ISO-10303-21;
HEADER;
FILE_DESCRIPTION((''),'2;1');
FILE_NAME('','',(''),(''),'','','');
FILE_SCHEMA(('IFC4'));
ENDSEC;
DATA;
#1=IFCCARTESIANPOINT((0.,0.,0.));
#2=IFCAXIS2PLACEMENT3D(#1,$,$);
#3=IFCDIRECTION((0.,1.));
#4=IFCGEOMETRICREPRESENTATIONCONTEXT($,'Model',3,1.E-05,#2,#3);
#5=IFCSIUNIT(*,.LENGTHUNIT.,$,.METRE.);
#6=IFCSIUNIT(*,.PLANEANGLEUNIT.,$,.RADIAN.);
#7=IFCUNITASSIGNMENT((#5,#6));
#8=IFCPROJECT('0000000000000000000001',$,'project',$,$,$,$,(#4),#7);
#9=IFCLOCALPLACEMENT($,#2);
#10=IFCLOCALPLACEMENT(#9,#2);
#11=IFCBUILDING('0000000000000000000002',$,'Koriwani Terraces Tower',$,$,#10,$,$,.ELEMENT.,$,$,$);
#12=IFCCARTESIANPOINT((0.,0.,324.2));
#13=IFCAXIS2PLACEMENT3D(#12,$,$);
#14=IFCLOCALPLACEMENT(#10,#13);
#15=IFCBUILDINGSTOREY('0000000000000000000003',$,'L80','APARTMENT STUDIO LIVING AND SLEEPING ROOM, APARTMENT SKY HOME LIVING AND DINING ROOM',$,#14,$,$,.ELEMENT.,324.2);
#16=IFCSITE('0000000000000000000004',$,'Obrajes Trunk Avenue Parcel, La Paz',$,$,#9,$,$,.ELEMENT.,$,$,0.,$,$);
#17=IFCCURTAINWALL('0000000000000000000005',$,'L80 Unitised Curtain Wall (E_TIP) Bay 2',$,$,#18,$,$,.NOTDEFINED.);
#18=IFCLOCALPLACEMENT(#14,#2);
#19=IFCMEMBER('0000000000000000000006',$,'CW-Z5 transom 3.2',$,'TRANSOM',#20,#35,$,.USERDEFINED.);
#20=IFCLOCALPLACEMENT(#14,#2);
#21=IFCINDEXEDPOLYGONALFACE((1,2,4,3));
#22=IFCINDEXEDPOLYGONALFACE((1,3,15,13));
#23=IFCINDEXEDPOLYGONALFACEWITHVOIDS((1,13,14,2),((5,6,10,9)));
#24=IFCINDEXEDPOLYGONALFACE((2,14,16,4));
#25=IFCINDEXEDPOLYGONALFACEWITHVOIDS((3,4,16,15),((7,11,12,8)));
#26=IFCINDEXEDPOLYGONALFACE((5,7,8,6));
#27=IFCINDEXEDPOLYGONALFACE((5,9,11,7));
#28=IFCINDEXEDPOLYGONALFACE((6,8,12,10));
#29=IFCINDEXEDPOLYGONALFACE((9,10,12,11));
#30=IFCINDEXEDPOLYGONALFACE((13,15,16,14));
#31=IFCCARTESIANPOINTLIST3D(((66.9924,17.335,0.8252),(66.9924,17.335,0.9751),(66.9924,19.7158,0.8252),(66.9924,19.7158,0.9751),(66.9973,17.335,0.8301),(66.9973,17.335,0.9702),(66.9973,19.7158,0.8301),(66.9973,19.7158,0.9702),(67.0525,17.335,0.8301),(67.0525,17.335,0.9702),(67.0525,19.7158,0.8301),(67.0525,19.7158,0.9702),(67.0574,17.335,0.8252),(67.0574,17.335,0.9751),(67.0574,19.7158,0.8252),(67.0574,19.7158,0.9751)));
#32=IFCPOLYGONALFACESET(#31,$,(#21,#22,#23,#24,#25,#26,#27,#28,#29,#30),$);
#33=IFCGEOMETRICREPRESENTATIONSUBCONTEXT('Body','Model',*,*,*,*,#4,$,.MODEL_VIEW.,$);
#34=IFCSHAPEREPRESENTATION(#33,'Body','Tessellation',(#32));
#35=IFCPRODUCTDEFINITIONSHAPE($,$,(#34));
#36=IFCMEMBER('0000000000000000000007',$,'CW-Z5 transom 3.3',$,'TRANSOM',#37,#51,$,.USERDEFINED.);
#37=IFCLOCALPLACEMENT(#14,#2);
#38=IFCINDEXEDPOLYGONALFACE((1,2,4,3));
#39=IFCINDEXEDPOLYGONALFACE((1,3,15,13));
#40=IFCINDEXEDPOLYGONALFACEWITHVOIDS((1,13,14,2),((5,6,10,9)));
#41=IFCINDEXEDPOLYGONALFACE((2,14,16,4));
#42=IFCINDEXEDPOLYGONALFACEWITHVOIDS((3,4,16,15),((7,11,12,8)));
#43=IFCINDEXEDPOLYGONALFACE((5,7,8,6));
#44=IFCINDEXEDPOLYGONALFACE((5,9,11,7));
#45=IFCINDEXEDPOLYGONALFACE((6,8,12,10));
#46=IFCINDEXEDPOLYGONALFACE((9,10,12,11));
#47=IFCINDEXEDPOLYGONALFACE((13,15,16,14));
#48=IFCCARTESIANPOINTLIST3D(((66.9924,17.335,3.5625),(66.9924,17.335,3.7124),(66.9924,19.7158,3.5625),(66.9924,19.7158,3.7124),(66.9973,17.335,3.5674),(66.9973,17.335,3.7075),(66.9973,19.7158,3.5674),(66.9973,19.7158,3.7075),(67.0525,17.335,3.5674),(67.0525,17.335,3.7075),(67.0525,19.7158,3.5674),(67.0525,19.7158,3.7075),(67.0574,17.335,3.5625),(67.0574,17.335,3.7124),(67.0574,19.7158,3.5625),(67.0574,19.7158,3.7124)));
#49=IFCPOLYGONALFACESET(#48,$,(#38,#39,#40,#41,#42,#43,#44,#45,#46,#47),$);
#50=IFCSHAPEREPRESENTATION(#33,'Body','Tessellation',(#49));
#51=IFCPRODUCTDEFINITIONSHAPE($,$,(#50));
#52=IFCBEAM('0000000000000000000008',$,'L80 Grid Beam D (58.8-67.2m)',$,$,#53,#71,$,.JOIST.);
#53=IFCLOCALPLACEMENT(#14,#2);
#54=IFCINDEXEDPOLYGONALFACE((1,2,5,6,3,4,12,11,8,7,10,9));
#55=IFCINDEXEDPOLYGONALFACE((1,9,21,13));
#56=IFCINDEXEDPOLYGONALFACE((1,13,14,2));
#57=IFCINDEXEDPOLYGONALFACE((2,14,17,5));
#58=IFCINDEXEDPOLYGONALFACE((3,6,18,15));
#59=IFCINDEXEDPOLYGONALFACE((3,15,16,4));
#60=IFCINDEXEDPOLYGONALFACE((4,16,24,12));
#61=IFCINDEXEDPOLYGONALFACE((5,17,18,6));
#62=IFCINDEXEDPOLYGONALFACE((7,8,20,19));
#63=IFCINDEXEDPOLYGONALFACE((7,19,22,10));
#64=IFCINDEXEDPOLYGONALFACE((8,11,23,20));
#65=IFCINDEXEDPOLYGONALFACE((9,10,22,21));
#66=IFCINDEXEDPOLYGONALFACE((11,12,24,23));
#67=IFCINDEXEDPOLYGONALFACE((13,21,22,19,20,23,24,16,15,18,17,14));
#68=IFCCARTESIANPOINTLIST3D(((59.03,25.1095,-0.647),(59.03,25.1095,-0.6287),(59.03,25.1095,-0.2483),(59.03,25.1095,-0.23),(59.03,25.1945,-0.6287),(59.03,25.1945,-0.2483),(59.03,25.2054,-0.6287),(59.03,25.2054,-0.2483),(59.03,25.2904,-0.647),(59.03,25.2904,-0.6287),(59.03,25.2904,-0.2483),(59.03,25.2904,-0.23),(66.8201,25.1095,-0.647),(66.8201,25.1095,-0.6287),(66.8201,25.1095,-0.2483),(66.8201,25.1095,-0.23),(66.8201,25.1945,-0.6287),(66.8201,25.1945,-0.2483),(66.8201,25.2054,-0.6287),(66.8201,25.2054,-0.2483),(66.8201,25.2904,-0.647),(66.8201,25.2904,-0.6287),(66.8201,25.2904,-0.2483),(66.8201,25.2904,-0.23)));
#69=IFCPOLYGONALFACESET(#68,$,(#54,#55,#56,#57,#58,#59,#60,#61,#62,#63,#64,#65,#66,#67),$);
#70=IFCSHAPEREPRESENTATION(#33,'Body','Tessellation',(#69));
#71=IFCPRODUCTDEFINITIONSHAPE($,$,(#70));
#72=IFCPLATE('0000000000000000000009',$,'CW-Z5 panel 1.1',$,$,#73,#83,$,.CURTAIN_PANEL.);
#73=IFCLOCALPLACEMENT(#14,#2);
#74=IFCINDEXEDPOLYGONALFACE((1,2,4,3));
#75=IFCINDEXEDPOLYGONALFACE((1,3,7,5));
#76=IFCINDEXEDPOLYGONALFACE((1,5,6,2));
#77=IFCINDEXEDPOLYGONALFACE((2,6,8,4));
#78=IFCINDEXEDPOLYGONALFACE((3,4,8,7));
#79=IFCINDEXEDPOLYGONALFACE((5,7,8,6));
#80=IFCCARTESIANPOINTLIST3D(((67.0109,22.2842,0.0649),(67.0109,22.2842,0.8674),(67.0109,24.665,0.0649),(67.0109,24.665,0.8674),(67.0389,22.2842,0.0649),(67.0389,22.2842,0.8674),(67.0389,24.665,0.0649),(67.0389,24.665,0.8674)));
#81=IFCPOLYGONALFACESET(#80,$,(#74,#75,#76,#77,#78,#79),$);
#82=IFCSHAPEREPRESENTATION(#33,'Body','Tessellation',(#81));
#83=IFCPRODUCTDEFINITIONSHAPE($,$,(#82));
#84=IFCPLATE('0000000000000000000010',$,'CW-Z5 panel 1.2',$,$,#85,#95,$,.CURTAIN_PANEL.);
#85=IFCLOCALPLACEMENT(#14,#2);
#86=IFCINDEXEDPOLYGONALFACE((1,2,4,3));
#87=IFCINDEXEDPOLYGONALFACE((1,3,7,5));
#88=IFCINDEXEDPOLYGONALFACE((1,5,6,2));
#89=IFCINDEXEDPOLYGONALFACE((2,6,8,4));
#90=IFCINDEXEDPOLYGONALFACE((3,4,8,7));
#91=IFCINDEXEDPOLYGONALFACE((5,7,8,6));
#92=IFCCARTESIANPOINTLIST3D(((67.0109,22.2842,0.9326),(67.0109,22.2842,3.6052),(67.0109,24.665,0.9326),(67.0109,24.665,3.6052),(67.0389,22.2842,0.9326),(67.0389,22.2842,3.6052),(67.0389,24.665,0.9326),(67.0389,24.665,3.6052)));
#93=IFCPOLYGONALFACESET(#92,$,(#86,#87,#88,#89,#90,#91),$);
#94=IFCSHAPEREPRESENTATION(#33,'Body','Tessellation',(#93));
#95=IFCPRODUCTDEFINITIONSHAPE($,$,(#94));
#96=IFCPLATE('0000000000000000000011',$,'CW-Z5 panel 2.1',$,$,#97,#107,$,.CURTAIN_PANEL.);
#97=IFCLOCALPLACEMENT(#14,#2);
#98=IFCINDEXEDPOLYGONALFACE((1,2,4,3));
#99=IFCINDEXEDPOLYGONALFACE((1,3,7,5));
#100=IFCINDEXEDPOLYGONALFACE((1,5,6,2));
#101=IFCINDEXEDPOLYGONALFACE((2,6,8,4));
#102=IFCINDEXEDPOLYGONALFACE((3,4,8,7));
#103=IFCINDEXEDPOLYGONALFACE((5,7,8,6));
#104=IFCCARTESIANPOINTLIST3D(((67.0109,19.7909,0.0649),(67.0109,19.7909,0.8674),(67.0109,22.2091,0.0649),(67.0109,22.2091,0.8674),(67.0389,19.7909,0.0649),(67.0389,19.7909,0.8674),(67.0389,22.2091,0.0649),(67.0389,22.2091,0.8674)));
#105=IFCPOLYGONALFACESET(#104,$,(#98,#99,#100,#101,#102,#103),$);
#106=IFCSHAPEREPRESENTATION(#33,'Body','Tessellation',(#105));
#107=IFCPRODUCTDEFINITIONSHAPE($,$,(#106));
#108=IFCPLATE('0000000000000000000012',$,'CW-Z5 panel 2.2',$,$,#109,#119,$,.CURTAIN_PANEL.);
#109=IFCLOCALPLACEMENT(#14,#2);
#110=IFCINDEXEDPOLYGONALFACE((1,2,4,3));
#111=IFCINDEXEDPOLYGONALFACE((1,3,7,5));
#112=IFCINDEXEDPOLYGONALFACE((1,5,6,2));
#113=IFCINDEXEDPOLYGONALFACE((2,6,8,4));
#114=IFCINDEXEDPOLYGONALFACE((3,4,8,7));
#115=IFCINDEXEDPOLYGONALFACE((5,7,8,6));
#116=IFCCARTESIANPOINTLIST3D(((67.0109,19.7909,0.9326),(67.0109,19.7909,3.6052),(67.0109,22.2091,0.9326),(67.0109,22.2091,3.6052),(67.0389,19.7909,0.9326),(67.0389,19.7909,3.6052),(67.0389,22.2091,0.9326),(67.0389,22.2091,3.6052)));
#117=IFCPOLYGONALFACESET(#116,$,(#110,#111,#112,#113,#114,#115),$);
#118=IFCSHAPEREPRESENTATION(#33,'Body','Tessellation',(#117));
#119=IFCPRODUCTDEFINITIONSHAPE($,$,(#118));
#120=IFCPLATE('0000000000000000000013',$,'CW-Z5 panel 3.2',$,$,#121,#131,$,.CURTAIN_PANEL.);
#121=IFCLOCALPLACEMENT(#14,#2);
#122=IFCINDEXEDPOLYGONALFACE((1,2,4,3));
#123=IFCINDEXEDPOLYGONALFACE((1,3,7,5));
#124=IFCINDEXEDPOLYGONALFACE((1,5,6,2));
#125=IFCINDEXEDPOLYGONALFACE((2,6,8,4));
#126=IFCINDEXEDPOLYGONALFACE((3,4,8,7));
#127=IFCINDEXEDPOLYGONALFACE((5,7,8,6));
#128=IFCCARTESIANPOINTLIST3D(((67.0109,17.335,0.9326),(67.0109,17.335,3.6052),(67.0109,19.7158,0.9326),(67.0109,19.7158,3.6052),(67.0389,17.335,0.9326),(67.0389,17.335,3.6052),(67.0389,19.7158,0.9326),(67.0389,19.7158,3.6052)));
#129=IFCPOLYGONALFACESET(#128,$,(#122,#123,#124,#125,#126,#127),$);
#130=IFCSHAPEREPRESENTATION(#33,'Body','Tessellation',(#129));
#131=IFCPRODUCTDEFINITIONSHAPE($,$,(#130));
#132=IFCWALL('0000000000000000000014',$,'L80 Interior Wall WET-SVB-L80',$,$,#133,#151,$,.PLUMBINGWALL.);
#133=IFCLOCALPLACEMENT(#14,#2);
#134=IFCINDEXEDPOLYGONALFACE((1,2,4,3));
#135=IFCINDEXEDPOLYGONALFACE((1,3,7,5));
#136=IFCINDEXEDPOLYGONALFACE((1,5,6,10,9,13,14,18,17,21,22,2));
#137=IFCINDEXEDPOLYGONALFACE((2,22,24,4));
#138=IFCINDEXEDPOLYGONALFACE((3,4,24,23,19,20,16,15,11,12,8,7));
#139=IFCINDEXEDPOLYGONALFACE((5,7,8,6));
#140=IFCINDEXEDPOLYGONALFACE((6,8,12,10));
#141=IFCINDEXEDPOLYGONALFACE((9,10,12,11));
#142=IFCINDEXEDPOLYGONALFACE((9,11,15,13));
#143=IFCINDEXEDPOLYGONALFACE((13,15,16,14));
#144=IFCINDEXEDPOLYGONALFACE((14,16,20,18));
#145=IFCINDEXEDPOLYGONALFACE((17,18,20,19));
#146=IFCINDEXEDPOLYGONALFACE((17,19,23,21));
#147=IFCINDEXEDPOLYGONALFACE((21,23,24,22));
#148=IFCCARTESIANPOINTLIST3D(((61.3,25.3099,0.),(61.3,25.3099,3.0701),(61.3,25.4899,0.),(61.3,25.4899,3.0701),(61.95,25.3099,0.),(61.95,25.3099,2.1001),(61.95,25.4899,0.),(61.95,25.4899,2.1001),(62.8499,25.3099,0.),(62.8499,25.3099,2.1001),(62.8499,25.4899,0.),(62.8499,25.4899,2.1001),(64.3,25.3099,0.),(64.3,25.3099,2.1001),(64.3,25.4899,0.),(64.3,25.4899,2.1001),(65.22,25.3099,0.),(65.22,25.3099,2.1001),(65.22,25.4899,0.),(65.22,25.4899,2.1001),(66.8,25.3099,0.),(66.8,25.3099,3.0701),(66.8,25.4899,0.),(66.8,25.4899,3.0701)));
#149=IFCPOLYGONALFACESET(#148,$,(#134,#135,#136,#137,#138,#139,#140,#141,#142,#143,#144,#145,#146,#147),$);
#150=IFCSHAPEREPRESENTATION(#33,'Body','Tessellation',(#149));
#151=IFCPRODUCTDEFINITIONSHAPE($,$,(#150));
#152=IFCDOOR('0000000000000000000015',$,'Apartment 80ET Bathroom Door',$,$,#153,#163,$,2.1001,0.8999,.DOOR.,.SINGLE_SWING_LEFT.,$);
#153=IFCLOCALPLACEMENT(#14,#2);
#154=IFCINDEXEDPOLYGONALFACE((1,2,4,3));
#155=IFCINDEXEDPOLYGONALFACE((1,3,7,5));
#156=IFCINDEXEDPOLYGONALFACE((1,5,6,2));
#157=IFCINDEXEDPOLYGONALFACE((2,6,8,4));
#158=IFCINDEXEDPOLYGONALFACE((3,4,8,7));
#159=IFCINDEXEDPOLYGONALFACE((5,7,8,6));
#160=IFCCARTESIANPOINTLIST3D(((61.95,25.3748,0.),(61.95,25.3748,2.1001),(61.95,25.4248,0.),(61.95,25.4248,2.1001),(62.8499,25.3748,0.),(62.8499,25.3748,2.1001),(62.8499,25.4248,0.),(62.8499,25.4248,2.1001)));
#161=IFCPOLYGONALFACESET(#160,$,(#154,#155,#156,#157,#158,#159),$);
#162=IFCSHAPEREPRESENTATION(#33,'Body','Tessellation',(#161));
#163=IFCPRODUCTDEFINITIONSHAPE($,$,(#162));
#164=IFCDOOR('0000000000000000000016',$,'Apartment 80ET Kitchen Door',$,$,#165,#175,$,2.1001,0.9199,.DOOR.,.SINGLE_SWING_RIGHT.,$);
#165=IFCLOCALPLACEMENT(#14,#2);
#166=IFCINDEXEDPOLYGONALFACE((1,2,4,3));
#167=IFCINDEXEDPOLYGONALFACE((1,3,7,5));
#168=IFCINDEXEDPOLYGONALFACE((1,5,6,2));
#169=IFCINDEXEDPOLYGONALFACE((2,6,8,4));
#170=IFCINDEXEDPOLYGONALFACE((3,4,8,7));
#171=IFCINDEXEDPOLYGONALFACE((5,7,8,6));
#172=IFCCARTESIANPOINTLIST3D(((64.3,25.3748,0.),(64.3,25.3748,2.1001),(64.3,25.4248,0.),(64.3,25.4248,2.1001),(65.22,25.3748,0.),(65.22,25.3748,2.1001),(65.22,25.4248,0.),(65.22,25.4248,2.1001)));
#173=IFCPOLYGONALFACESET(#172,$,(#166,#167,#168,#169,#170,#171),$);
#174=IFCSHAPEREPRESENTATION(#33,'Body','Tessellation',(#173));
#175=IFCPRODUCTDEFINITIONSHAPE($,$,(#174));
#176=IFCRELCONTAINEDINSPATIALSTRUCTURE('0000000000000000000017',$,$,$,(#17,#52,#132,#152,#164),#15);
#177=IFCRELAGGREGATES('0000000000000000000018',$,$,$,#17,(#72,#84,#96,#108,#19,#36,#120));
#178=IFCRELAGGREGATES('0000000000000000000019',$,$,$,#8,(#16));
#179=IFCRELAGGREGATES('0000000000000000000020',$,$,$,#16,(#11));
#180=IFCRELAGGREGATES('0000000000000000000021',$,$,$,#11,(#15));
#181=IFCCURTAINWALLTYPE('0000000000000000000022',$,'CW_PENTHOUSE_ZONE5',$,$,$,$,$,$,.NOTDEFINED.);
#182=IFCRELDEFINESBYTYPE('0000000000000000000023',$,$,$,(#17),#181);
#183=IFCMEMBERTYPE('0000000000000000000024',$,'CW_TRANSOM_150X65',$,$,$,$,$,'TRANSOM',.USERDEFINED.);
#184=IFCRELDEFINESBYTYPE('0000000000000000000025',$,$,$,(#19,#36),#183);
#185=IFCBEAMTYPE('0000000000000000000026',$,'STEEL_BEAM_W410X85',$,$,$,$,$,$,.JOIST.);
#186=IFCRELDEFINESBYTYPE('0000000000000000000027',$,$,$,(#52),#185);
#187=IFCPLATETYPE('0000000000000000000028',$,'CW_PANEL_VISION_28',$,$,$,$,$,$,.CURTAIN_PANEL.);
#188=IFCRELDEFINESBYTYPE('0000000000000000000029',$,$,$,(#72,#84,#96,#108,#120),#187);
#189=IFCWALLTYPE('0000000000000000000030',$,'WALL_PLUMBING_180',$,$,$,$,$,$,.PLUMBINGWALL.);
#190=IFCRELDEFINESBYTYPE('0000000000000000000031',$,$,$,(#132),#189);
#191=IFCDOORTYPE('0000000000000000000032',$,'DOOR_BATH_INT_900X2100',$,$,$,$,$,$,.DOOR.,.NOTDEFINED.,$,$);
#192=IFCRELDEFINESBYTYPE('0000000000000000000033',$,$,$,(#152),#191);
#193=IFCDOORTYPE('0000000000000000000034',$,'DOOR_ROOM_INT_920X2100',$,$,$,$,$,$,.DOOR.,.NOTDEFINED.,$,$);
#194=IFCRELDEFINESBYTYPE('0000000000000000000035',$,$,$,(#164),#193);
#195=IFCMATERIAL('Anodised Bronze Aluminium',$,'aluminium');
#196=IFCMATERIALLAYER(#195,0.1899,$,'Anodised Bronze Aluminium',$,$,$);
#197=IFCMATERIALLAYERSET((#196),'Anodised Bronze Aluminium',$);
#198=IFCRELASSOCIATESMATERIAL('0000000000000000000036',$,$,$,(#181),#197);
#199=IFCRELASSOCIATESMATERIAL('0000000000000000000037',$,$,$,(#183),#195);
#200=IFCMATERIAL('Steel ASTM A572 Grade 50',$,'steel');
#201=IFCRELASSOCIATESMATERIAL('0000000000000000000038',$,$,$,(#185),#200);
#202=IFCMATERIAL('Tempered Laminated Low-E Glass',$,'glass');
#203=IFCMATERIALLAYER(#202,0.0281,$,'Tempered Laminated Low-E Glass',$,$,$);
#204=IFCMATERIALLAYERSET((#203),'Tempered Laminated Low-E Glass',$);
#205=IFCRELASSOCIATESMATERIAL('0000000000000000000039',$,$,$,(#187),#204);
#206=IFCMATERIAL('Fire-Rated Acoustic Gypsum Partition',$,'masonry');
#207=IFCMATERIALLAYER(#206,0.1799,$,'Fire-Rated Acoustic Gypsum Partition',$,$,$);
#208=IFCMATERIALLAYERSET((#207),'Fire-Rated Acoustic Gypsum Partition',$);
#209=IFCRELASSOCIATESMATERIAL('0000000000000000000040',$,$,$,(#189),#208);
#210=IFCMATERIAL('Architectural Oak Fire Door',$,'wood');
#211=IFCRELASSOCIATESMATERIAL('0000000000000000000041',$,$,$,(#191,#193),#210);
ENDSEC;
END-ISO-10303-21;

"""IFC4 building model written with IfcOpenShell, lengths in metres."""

from ifc_helpers import new_model, si_unit, direction, frame, frame_2d, origin, origin_2d, place, context, subcontext, project, spatial, rectangle, hollow_rectangle, i_section, extrude, material, layer, layer_set, material_profile, profile_set, type_object, element, fill, aggregate, save


model = new_model("IFC4")

# Units and contexts
model_context = context("Model", 3, precision=1e-05, world=origin(), true_north=direction((0.0, 1.0)))
body_context = subcontext(model_context, "Body", "Model", "MODEL_VIEW")
ifc_project = project(units=[si_unit("LENGTHUNIT", "METRE"), si_unit("PLANEANGLEUNIT", "RADIAN")], contexts=[model_context])

# Site, building, storey
site_placement = place(None, origin())
site = spatial("IfcSite", under=ifc_project, at=site_placement, Name="Obrajes Trunk Avenue Parcel, La Paz", CompositionType="ELEMENT", RefElevation=0.0)
building_placement = place(site_placement, origin())
building = spatial("IfcBuilding", under=site, at=building_placement, Name="Koriwani Terraces Tower", CompositionType="ELEMENT")
storey_placement = place(building_placement, frame((0.0, 0.0, 324.2)))
storey = spatial("IfcBuildingStorey", under=building, at=storey_placement, Name="L80", Description="APARTMENT STUDIO LIVING AND SLEEPING ROOM, APARTMENT SKY HOME LIVING AND DINING ROOM", CompositionType="ELEMENT", Elevation=324.2)

# Curtain wall, members
ifc_material_1 = material(Name="Anodised Bronze Aluminium", Category="aluminium")
ifc_layer_1 = layer(ifc_material_1, 0.1899, Name="Anodised Bronze Aluminium")
ifc_layer_set_1 = layer_set([ifc_layer_1], Name="Anodised Bronze Aluminium")
curtain_wall_type = type_object("IfcCurtainWallType", Name="CW_PENTHOUSE_ZONE5", PredefinedType="NOTDEFINED", material=ifc_layer_set_1)
curtain_wall_placement = place(storey_placement, origin())
curtain_wall = element("IfcCurtainWall", 1, at=curtain_wall_placement, inside=storey, type_object=curtain_wall_type, Name="L80 Unitised Curtain Wall (E_TIP) Bay 2", PredefinedType="NOTDEFINED")
ifc_material_profile_1 = material_profile(ifc_material_1, hollow_rectangle(XDim=0.0649, YDim=0.1499, WallThickness=0.0049, at=origin_2d()), Name="Anodised Bronze Aluminium", Category="LoadBearing")
ifc_profile_set_1 = profile_set([ifc_material_profile_1], Name="Anodised Bronze Aluminium")
member_type_1 = type_object("IfcMemberType", Name="CW_TRANSOM_150X65", ElementType="TRANSOM", PredefinedType="USERDEFINED", material=ifc_profile_set_1)
member_1_placement = place(storey_placement, frame((67.0249, 19.7158, 0.9001), z_axis=(0.0, -1.0, 0.0), x_axis=(1.0, 0.0, 0.0)))
member_1 = element("IfcMember", 2, at=member_1_placement, type_object=member_type_1, Name="CW-Z5 transom 3.2", ObjectType="TRANSOM", PredefinedType="USERDEFINED", context=body_context, shape_type="SweptSolid", body=[
    extrude(hollow_rectangle(XDim=0.0649, YDim=0.1499, WallThickness=0.0049, at=origin_2d()), origin(), (0.0, 0.0, 1.0), 2.3809),
])
member_2_placement = place(storey_placement, frame((67.0249, 19.7158, 3.6375), z_axis=(0.0, -1.0, 0.0), x_axis=(1.0, 0.0, 0.0)))
member_2 = element("IfcMember", 3, at=member_2_placement, type_object=member_type_1, Name="CW-Z5 transom 3.3", ObjectType="TRANSOM", PredefinedType="USERDEFINED", context=body_context, shape_type="SweptSolid", body=[
    extrude(hollow_rectangle(XDim=0.0649, YDim=0.1499, WallThickness=0.0049, at=origin_2d()), origin(), (0.0, 0.0, 1.0), 2.3809),
])

# Beam
ifc_material_2 = material(Name="Steel ASTM A572 Grade 50", Category="steel")
ifc_material_profile_2 = material_profile(ifc_material_2, i_section(OverallWidth=0.1809, OverallDepth=0.417, WebThickness=0.011, FlangeThickness=0.0183, at=origin_2d()), Name="Steel ASTM A572 Grade 50", Category="LoadBearing")
ifc_profile_set_2 = profile_set([ifc_material_profile_2], Name="Steel ASTM A572 Grade 50")
beam_type = type_object("IfcBeamType", Name="STEEL_BEAM_W410X85", PredefinedType="JOIST", material=ifc_profile_set_2)
beam_placement = place(storey_placement, frame((59.03, 25.2, -0.4385), z_axis=(1.0, 0.0, 0.0), x_axis=(0.0, 1.0, 0.0)))
element("IfcBeam", 4, at=beam_placement, inside=storey, type_object=beam_type, Name="L80 Grid Beam D (58.8-67.2m)", PredefinedType="JOIST", context=body_context, shape_type="SweptSolid", body=[
    extrude(i_section(OverallWidth=0.1809, OverallDepth=0.417, WebThickness=0.011, FlangeThickness=0.0183, at=origin_2d()), origin(), (0.0, 0.0, 1.0), 7.79),
])

# Plates
ifc_material_3 = material(Name="Tempered Laminated Low-E Glass", Category="glass")
ifc_layer_2 = layer(ifc_material_3, 0.0281, Name="Tempered Laminated Low-E Glass")
ifc_layer_set_2 = layer_set([ifc_layer_2], Name="Tempered Laminated Low-E Glass")
plate_type = type_object("IfcPlateType", Name="CW_PANEL_VISION_28", PredefinedType="CURTAIN_PANEL", material=ifc_layer_set_2)
plate_1_placement = place(storey_placement, frame((67.0249, 23.4746, 0.0649), z_axis=(0.0, 0.0, 1.0), x_axis=(0.0, -1.0, 0.0)))
plate_1 = element("IfcPlate", 5, at=plate_1_placement, type_object=plate_type, Name="CW-Z5 panel 1.1", PredefinedType="CURTAIN_PANEL", context=body_context, shape_type="SweptSolid", body=[
    extrude(rectangle(XDim=2.3809, YDim=0.0281, at=origin_2d()), origin(), (0.0, 0.0, 1.0), 0.8025),
])
plate_2_placement = place(storey_placement, frame((67.0249, 23.4746, 0.9326), z_axis=(0.0, 0.0, 1.0), x_axis=(0.0, -1.0, 0.0)))
plate_2 = element("IfcPlate", 6, at=plate_2_placement, type_object=plate_type, Name="CW-Z5 panel 1.2", PredefinedType="CURTAIN_PANEL", context=body_context, shape_type="SweptSolid", body=[
    extrude(rectangle(XDim=2.3809, YDim=0.0281, at=origin_2d()), origin(), (0.0, 0.0, 1.0), 2.6726),
])
plate_3_placement = place(storey_placement, frame((67.0249, 21.0, 0.0649), z_axis=(0.0, 0.0, 1.0), x_axis=(0.0, -1.0, 0.0)))
plate_3 = element("IfcPlate", 7, at=plate_3_placement, type_object=plate_type, Name="CW-Z5 panel 2.1", PredefinedType="CURTAIN_PANEL", context=body_context, shape_type="SweptSolid", body=[
    extrude(rectangle(XDim=2.4182, YDim=0.0281, at=origin_2d()), origin(), (0.0, 0.0, 1.0), 0.8025),
])
plate_4_placement = place(storey_placement, frame((67.0249, 21.0, 0.9326), z_axis=(0.0, 0.0, 1.0), x_axis=(0.0, -1.0, 0.0)))
plate_4 = element("IfcPlate", 8, at=plate_4_placement, type_object=plate_type, Name="CW-Z5 panel 2.2", PredefinedType="CURTAIN_PANEL", context=body_context, shape_type="SweptSolid", body=[
    extrude(rectangle(XDim=2.4182, YDim=0.0281, at=origin_2d()), origin(), (0.0, 0.0, 1.0), 2.6726),
])
plate_5_placement = place(storey_placement, frame((67.0249, 18.5254, 0.9326), z_axis=(0.0, 0.0, 1.0), x_axis=(0.0, -1.0, 0.0)))
plate_5 = element("IfcPlate", 9, at=plate_5_placement, type_object=plate_type, Name="CW-Z5 panel 3.2", PredefinedType="CURTAIN_PANEL", context=body_context, shape_type="SweptSolid", body=[
    extrude(rectangle(XDim=2.3809, YDim=0.0281, at=origin_2d()), origin(), (0.0, 0.0, 1.0), 2.6726),
])
aggregate(curtain_wall, [plate_1, plate_2, plate_3, plate_4, member_1, member_2, plate_5])

# Wall, openings, doors
ifc_material_4 = material(Name="Fire-Rated Acoustic Gypsum Partition", Category="masonry")
ifc_layer_3 = layer(ifc_material_4, 0.1799, Name="Fire-Rated Acoustic Gypsum Partition")
ifc_layer_set_3 = layer_set([ifc_layer_3], Name="Fire-Rated Acoustic Gypsum Partition")
wall_type = type_object("IfcWallType", Name="WALL_PLUMBING_180", PredefinedType="PLUMBINGWALL", material=ifc_layer_set_3)
wall_1_placement = place(storey_placement, frame((61.3, 25.3999, 0.0), z_axis=(0.0, 0.0, 1.0), x_axis=(1.0, 0.0, 0.0)))
wall_1 = element("IfcWall", 10, at=wall_1_placement, inside=storey, type_object=wall_type, Name="L80 Interior Wall WET-SVB-L80", PredefinedType="PLUMBINGWALL", context=body_context, shape_type="SweptSolid", body=[
    extrude(rectangle(XDim=5.5, YDim=0.1799, at=frame_2d((2.75, 0.0))), origin(), (0.0, 0.0, 1.0), 3.0701),
])
opening_1_placement = place(wall_1_placement, frame((0.6499, 0.0, 0.0)))
opening_1 = element("IfcOpeningElement", 11, at=opening_1_placement, cuts=wall_1, PredefinedType="OPENING", context=body_context, shape_type="SweptSolid", body=[
    extrude(rectangle(XDim=0.8999, YDim=2.1001, at=frame_2d((0.45, 1.05))), frame((0.0, 0.1001, 0.0), z_axis=(0.0, -1.0, 0.0), x_axis=(1.0, 0.0, 0.0)), (0.0, 0.0, 1.0), 0.2),
])
opening_2_placement = place(wall_1_placement, frame((3.0, 0.0, 0.0)))
opening_2 = element("IfcOpeningElement", 12, at=opening_2_placement, cuts=wall_1, PredefinedType="OPENING", context=body_context, shape_type="SweptSolid", body=[
    extrude(rectangle(XDim=0.9199, YDim=2.1001, at=frame_2d((0.46, 1.05))), frame((0.0, 0.1001, 0.0), z_axis=(0.0, -1.0, 0.0), x_axis=(1.0, 0.0, 0.0)), (0.0, 0.0, 1.0), 0.2),
])
ifc_material_5 = material(Name="Architectural Oak Fire Door", Category="wood")
door_type_1 = type_object("IfcDoorType", Name="DOOR_BATH_INT_900X2100", OperationType="NOTDEFINED", PredefinedType="DOOR", material=ifc_material_5)
door_1_placement = place(opening_1_placement, origin())
door_1 = element("IfcDoor", 13, at=door_1_placement, inside=storey, type_object=door_type_1, Name="Apartment 80ET Bathroom Door", OperationType="SINGLE_SWING_LEFT", OverallHeight=2.1001, OverallWidth=0.8999, PredefinedType="DOOR", context=body_context, shape_type="SweptSolid", body=[
    extrude(rectangle(XDim=0.8999, YDim=2.1001, at=frame_2d((0.45, 1.05))), frame((0.0, 0.0249, 0.0), z_axis=(0.0, -1.0, 0.0), x_axis=(1.0, 0.0, 0.0)), (0.0, 0.0, 1.0), 0.05),
])
fill(opening_1, door_1)
door_type_2 = type_object("IfcDoorType", Name="DOOR_ROOM_INT_920X2100", OperationType="NOTDEFINED", PredefinedType="DOOR", material=ifc_material_5)
door_2_placement = place(opening_2_placement, origin())
door_2 = element("IfcDoor", 14, at=door_2_placement, inside=storey, type_object=door_type_2, Name="Apartment 80ET Kitchen Door", OperationType="SINGLE_SWING_RIGHT", OverallHeight=2.1001, OverallWidth=0.9199, PredefinedType="DOOR", context=body_context, shape_type="SweptSolid", body=[
    extrude(rectangle(XDim=0.9199, YDim=2.1001, at=frame_2d((0.46, 1.05))), frame((0.0, 0.0249, 0.0), z_axis=(0.0, -1.0, 0.0), x_axis=(1.0, 0.0, 0.0)), (0.0, 0.0, 1.0), 0.05),
])
fill(opening_2, door_2)

save(model, "model.ifc")
